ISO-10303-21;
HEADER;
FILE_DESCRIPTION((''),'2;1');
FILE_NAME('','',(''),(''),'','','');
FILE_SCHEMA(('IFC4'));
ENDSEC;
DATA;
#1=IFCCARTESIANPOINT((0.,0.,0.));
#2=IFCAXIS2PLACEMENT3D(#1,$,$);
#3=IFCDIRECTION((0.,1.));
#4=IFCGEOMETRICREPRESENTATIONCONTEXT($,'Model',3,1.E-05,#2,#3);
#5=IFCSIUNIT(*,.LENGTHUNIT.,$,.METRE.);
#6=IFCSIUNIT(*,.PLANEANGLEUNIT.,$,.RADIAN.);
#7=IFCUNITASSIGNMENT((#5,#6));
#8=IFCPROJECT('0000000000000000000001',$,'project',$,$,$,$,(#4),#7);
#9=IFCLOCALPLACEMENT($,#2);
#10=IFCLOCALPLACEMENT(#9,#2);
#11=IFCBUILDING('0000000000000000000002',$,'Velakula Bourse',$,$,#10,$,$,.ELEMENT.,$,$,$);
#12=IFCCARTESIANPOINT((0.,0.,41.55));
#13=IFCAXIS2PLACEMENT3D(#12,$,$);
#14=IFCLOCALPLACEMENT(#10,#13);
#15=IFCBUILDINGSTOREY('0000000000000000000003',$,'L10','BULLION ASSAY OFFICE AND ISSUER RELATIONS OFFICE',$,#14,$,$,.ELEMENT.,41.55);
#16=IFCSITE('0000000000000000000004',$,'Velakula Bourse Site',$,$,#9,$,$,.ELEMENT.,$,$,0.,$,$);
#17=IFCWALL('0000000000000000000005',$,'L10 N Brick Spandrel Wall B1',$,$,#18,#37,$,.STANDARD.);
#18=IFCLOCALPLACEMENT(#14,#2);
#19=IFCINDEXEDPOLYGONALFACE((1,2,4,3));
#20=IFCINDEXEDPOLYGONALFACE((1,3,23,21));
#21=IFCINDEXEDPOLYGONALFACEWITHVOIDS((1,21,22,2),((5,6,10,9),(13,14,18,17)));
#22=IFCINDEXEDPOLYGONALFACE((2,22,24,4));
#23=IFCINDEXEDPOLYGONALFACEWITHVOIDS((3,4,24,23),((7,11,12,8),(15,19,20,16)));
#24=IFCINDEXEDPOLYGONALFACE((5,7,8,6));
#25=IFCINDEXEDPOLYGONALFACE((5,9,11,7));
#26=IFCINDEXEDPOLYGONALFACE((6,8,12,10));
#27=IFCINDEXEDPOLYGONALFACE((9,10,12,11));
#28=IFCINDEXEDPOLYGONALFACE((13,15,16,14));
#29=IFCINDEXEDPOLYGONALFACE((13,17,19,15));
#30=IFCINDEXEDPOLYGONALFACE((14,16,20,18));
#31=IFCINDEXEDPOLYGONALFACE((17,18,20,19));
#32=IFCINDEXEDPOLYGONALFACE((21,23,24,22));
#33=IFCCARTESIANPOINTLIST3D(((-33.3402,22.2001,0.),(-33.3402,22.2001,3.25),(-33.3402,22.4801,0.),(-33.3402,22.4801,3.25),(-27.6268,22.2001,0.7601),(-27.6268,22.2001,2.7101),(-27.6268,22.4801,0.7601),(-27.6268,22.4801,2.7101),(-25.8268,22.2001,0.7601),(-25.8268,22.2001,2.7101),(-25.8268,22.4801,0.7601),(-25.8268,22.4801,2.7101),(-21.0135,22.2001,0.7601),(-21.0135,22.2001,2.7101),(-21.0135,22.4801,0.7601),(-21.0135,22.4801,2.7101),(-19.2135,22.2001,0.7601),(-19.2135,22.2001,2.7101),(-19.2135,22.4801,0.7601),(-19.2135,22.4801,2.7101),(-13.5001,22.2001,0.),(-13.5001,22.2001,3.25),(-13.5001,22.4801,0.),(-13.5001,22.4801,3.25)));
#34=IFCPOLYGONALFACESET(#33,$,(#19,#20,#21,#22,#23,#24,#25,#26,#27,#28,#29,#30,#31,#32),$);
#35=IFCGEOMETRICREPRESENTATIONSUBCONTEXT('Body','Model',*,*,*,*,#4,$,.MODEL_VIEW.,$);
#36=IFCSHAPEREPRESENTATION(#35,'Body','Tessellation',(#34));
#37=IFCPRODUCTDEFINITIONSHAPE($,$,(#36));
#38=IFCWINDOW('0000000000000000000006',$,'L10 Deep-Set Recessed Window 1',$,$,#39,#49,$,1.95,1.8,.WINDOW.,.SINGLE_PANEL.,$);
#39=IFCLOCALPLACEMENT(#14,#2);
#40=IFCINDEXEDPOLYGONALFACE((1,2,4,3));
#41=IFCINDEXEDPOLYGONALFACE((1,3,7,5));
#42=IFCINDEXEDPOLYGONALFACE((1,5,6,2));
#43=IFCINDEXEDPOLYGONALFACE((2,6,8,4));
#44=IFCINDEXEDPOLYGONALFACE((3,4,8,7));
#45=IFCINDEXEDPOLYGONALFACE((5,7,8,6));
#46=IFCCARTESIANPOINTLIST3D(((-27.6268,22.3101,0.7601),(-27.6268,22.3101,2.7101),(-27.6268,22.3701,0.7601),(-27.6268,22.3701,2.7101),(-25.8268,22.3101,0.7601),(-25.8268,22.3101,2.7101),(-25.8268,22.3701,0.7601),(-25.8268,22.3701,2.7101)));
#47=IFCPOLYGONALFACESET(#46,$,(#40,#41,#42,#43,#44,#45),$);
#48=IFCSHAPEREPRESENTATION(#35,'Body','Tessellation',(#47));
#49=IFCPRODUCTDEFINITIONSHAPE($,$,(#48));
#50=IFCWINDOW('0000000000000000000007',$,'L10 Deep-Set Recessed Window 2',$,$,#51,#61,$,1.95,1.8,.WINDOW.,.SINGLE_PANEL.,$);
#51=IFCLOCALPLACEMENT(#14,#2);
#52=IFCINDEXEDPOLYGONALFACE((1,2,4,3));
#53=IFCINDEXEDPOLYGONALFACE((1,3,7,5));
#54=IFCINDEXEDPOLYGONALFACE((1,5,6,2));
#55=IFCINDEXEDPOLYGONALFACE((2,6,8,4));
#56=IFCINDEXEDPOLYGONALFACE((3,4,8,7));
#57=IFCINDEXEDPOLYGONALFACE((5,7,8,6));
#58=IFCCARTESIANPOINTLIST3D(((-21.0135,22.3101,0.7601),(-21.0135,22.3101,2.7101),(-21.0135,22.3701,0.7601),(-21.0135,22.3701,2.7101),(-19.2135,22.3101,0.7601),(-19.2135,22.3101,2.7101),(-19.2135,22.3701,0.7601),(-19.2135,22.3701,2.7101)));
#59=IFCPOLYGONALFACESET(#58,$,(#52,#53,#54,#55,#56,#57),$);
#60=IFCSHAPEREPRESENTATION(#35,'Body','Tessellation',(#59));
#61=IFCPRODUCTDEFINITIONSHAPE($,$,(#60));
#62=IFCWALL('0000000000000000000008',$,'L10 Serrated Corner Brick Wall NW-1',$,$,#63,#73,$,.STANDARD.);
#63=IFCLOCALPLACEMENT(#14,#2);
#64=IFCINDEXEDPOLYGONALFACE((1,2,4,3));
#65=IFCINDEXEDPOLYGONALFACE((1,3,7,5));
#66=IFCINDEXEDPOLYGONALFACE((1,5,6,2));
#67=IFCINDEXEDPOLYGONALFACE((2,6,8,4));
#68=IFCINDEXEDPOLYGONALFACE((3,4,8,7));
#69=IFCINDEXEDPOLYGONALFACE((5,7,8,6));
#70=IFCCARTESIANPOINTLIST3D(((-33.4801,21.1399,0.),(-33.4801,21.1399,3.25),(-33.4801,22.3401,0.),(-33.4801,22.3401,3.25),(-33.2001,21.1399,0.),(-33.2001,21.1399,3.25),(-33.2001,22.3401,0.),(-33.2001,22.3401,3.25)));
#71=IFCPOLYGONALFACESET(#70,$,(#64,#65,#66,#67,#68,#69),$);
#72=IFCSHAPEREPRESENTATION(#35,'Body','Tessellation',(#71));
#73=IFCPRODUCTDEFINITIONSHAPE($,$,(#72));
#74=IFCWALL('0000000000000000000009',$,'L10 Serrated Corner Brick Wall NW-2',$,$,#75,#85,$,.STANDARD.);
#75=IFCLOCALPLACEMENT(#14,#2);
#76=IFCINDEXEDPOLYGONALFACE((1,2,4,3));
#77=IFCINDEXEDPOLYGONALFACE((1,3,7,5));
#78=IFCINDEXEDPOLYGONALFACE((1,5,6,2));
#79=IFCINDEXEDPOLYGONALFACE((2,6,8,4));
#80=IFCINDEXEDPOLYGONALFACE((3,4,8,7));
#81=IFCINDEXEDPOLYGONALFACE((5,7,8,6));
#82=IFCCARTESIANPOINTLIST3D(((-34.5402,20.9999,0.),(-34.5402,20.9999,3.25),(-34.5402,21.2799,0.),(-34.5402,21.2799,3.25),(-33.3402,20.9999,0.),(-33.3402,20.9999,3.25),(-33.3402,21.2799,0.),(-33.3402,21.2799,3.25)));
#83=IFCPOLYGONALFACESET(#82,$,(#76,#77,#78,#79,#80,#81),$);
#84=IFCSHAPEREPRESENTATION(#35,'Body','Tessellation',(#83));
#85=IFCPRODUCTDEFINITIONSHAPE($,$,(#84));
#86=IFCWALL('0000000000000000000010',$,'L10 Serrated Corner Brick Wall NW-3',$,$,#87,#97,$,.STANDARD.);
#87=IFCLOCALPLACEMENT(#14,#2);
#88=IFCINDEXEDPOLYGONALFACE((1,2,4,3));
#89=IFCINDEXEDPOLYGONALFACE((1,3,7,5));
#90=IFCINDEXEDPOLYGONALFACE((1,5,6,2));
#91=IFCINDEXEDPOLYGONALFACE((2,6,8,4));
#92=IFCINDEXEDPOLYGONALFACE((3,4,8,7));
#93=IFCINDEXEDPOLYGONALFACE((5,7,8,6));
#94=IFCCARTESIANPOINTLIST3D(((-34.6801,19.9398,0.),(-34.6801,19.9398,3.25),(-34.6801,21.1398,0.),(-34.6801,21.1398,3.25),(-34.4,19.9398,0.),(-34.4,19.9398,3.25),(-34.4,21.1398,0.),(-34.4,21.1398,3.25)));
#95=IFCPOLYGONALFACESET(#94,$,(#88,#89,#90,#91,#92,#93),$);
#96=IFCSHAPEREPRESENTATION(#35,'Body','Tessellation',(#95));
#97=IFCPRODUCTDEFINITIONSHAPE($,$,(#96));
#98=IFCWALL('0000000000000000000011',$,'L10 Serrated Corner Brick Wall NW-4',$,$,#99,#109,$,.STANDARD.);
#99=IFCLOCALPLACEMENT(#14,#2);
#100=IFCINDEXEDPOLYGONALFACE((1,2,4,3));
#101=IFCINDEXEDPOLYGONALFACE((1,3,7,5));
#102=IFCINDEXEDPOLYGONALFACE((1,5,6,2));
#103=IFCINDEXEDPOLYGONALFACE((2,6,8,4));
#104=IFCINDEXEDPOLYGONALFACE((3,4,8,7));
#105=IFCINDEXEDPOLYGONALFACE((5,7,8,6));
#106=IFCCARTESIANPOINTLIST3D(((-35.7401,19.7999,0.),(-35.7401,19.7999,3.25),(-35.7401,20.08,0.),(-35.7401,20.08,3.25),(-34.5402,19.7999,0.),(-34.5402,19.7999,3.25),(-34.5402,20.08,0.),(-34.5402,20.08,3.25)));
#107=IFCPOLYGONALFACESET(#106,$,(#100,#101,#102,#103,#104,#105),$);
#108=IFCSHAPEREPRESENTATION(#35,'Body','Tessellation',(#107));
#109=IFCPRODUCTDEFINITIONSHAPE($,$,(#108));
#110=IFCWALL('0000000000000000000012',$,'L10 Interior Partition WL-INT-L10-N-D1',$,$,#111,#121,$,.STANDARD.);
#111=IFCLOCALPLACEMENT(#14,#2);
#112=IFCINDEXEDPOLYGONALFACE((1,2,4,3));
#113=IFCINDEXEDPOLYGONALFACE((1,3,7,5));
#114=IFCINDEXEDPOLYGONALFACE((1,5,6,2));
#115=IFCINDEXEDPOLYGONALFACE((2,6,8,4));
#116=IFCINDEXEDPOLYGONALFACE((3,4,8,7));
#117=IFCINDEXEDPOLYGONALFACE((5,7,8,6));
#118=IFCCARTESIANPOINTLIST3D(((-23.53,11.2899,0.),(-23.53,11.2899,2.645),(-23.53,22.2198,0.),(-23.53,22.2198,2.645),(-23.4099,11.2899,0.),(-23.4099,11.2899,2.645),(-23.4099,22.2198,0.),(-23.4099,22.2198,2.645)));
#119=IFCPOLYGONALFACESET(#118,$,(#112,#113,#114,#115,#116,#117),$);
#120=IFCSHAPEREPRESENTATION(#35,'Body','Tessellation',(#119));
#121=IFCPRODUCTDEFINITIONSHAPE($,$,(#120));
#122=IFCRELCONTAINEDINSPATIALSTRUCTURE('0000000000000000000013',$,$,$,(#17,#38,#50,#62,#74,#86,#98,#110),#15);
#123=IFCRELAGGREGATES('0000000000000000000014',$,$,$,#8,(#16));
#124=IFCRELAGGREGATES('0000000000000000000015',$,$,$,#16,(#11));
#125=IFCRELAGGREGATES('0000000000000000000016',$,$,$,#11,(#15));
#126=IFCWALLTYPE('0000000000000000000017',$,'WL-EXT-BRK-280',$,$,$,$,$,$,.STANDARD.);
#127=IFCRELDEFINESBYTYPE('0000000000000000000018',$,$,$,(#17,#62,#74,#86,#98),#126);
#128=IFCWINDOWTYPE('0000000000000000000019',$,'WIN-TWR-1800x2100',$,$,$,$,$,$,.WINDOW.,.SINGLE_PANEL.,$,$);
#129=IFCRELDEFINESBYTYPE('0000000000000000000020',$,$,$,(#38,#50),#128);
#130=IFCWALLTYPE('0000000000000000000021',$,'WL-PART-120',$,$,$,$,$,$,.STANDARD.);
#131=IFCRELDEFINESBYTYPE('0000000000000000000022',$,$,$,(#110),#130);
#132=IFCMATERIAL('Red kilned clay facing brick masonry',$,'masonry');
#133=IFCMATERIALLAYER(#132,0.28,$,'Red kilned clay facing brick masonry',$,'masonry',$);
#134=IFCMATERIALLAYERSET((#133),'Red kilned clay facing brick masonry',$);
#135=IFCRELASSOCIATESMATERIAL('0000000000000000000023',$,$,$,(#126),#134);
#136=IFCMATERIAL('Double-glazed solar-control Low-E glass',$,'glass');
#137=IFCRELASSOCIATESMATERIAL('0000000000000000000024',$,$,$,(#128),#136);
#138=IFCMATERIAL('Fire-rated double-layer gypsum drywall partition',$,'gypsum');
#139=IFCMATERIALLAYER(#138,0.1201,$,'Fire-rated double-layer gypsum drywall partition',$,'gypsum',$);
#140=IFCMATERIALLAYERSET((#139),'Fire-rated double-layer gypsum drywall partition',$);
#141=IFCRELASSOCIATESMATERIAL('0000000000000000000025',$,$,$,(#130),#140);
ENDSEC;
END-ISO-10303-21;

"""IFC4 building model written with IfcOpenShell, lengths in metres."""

from ifc_helpers import new_model, si_unit, direction, frame, frame_2d, origin, place, context, subcontext, project, spatial, rectangle, extrude, material, layer, layer_set, type_object, element, fill, save


model = new_model("IFC4")

# Units and contexts
model_context = context("Model", 3, precision=1e-05, world=origin(), true_north=direction((0.0, 1.0)))
body_context = subcontext(model_context, "Body", "Model", "MODEL_VIEW")
ifc_project = project(units=[si_unit("LENGTHUNIT", "METRE"), si_unit("PLANEANGLEUNIT", "RADIAN")], contexts=[model_context])

# Site, building, storey
site_placement = place(None, origin())
site = spatial("IfcSite", under=ifc_project, at=site_placement, Name="Velakula Bourse Site", CompositionType="ELEMENT", RefElevation=0.0)
building_placement = place(site_placement, origin())
building = spatial("IfcBuilding", under=site, at=building_placement, Name="Velakula Bourse", CompositionType="ELEMENT")
storey_placement = place(building_placement, frame((0.0, 0.0, 41.55)))
storey = spatial("IfcBuildingStorey", under=building, at=storey_placement, Name="L10", Description="BULLION ASSAY OFFICE AND ISSUER RELATIONS OFFICE", CompositionType="ELEMENT", Elevation=41.55)

# Wall, openings, windows
ifc_material_1 = material(Name="Red kilned clay facing brick masonry", Category="masonry")
ifc_layer_1 = layer(ifc_material_1, 0.28, Name="Red kilned clay facing brick masonry", Category="masonry")
ifc_layer_set_1 = layer_set([ifc_layer_1], Name="Red kilned clay facing brick masonry")
wall_type_1 = type_object("IfcWallType", Name="WL-EXT-BRK-280", PredefinedType="STANDARD", material=ifc_layer_set_1)
wall_1_placement = place(storey_placement, frame((-33.3401, 22.3401, 0.0), z_axis=(0.0, 0.0, 1.0), x_axis=(1.0, 0.0, 0.0)))
wall_1 = element("IfcWall", 1, at=wall_1_placement, inside=storey, type_object=wall_type_1, Name="L10 N Brick Spandrel Wall B1", PredefinedType="STANDARD", context=body_context, shape_type="SweptSolid", body=[
    extrude(rectangle(XDim=19.8401, YDim=0.28, at=frame_2d((9.9199, 0.0))), origin(), (0.0, 0.0, 1.0), 3.25),
])
opening_1_placement = place(wall_1_placement, frame((5.7134, 0.0, 0.76)))
opening_1 = element("IfcOpeningElement", 2, at=opening_1_placement, cuts=wall_1, PredefinedType="OPENING", context=body_context, shape_type="SweptSolid", body=[
    extrude(rectangle(XDim=1.8, YDim=1.95, at=frame_2d((0.8999, 0.9751))), frame((0.0, 0.1499, 0.0), z_axis=(0.0, -1.0, 0.0), x_axis=(1.0, 0.0, 0.0)), (0.0, 0.0, 1.0), 0.3),
])
opening_2_placement = place(wall_1_placement, frame((12.3267, 0.0, 0.76)))
opening_2 = element("IfcOpeningElement", 3, at=opening_2_placement, cuts=wall_1, PredefinedType="OPENING", context=body_context, shape_type="SweptSolid", body=[
    extrude(rectangle(XDim=1.8, YDim=1.95, at=frame_2d((0.8999, 0.9751))), frame((0.0, 0.1499, 0.0), z_axis=(0.0, -1.0, 0.0), x_axis=(1.0, 0.0, 0.0)), (0.0, 0.0, 1.0), 0.3),
])
ifc_material_2 = material(Name="Double-glazed solar-control Low-E glass", Category="glass")
window_type = type_object("IfcWindowType", Name="WIN-TWR-1800x2100", PartitioningType="SINGLE_PANEL", PredefinedType="WINDOW", material=ifc_material_2)
window_1_placement = place(opening_1_placement, origin())
window_1 = element("IfcWindow", 4, at=window_1_placement, inside=storey, type_object=window_type, Name="L10 Deep-Set Recessed Window 1", OverallHeight=1.95, OverallWidth=1.8, PartitioningType="SINGLE_PANEL", PredefinedType="WINDOW", context=body_context, shape_type="SweptSolid", body=[
    extrude(rectangle(XDim=1.8, YDim=1.95, at=frame_2d((0.8999, 0.9751))), frame((0.0, 0.03, 0.0), z_axis=(0.0, -1.0, 0.0), x_axis=(1.0, 0.0, 0.0)), (0.0, 0.0, 1.0), 0.0601),
])
fill(opening_1, window_1)
window_2_placement = place(opening_2_placement, origin())
window_2 = element("IfcWindow", 5, at=window_2_placement, inside=storey, type_object=window_type, Name="L10 Deep-Set Recessed Window 2", OverallHeight=1.95, OverallWidth=1.8, PartitioningType="SINGLE_PANEL", PredefinedType="WINDOW", context=body_context, shape_type="SweptSolid", body=[
    extrude(rectangle(XDim=1.8, YDim=1.95, at=frame_2d((0.8999, 0.9751))), frame((0.0, 0.03, 0.0), z_axis=(0.0, -1.0, 0.0), x_axis=(1.0, 0.0, 0.0)), (0.0, 0.0, 1.0), 0.0601),
])
fill(opening_2, window_2)

# Walls
wall_2_placement = place(storey_placement, frame((-33.3401, 22.3401, 0.0), z_axis=(0.0, 0.0, 1.0), x_axis=(0.0, -1.0, 0.0)))
element("IfcWall", 6, at=wall_2_placement, inside=storey, type_object=wall_type_1, Name="L10 Serrated Corner Brick Wall NW-1", PredefinedType="STANDARD", context=body_context, shape_type="SweptSolid", body=[
    extrude(rectangle(XDim=1.2002, YDim=0.28, at=frame_2d((0.6001, 0.0))), origin(), (0.0, 0.0, 1.0), 3.25),
])
for number, where, z_axis, x_axis, name in (
    (7, (-33.3401, 21.1399, 0.0), (0.0, 0.0, 1.0), (-1.0, 0.0, 0.0), "L10 Serrated Corner Brick Wall NW-2"),
    (8, (-34.54, 21.1399, 0.0), (0.0, 0.0, 1.0), (0.0, -1.0, 0.0), "L10 Serrated Corner Brick Wall NW-3"),
    (9, (-34.54, 19.9399, 0.0), (0.0, 0.0, 1.0), (-1.0, 0.0, 0.0), "L10 Serrated Corner Brick Wall NW-4"),
):
    element("IfcWall", number, at=place(storey_placement, frame(where, z_axis=z_axis, x_axis=x_axis)), inside=storey, type_object=wall_type_1, Name=name, PredefinedType="STANDARD", context=body_context, shape_type="SweptSolid", body=[
        extrude(rectangle(XDim=1.2, YDim=0.28, at=frame_2d((0.6001, 0.0))), origin(), (0.0, 0.0, 1.0), 3.25),
    ])
ifc_material_3 = material(Name="Fire-rated double-layer gypsum drywall partition", Category="gypsum")
ifc_layer_2 = layer(ifc_material_3, 0.1201, Name="Fire-rated double-layer gypsum drywall partition", Category="gypsum")
ifc_layer_set_2 = layer_set([ifc_layer_2], Name="Fire-rated double-layer gypsum drywall partition")
wall_type_2 = type_object("IfcWallType", Name="WL-PART-120", PredefinedType="STANDARD", material=ifc_layer_set_2)
wall_3_placement = place(storey_placement, frame((-23.47, 11.29, 0.0), z_axis=(0.0, 0.0, 1.0), x_axis=(0.0, 1.0, 0.0)))
element("IfcWall", 10, at=wall_3_placement, inside=storey, type_object=wall_type_2, Name="L10 Interior Partition WL-INT-L10-N-D1", PredefinedType="STANDARD", context=body_context, shape_type="SweptSolid", body=[
    extrude(rectangle(XDim=10.9299, YDim=0.1201, at=frame_2d((5.4648, 0.0))), origin(), (0.0, 0.0, 1.0), 2.645),
])

save(model, "model.ifc")
